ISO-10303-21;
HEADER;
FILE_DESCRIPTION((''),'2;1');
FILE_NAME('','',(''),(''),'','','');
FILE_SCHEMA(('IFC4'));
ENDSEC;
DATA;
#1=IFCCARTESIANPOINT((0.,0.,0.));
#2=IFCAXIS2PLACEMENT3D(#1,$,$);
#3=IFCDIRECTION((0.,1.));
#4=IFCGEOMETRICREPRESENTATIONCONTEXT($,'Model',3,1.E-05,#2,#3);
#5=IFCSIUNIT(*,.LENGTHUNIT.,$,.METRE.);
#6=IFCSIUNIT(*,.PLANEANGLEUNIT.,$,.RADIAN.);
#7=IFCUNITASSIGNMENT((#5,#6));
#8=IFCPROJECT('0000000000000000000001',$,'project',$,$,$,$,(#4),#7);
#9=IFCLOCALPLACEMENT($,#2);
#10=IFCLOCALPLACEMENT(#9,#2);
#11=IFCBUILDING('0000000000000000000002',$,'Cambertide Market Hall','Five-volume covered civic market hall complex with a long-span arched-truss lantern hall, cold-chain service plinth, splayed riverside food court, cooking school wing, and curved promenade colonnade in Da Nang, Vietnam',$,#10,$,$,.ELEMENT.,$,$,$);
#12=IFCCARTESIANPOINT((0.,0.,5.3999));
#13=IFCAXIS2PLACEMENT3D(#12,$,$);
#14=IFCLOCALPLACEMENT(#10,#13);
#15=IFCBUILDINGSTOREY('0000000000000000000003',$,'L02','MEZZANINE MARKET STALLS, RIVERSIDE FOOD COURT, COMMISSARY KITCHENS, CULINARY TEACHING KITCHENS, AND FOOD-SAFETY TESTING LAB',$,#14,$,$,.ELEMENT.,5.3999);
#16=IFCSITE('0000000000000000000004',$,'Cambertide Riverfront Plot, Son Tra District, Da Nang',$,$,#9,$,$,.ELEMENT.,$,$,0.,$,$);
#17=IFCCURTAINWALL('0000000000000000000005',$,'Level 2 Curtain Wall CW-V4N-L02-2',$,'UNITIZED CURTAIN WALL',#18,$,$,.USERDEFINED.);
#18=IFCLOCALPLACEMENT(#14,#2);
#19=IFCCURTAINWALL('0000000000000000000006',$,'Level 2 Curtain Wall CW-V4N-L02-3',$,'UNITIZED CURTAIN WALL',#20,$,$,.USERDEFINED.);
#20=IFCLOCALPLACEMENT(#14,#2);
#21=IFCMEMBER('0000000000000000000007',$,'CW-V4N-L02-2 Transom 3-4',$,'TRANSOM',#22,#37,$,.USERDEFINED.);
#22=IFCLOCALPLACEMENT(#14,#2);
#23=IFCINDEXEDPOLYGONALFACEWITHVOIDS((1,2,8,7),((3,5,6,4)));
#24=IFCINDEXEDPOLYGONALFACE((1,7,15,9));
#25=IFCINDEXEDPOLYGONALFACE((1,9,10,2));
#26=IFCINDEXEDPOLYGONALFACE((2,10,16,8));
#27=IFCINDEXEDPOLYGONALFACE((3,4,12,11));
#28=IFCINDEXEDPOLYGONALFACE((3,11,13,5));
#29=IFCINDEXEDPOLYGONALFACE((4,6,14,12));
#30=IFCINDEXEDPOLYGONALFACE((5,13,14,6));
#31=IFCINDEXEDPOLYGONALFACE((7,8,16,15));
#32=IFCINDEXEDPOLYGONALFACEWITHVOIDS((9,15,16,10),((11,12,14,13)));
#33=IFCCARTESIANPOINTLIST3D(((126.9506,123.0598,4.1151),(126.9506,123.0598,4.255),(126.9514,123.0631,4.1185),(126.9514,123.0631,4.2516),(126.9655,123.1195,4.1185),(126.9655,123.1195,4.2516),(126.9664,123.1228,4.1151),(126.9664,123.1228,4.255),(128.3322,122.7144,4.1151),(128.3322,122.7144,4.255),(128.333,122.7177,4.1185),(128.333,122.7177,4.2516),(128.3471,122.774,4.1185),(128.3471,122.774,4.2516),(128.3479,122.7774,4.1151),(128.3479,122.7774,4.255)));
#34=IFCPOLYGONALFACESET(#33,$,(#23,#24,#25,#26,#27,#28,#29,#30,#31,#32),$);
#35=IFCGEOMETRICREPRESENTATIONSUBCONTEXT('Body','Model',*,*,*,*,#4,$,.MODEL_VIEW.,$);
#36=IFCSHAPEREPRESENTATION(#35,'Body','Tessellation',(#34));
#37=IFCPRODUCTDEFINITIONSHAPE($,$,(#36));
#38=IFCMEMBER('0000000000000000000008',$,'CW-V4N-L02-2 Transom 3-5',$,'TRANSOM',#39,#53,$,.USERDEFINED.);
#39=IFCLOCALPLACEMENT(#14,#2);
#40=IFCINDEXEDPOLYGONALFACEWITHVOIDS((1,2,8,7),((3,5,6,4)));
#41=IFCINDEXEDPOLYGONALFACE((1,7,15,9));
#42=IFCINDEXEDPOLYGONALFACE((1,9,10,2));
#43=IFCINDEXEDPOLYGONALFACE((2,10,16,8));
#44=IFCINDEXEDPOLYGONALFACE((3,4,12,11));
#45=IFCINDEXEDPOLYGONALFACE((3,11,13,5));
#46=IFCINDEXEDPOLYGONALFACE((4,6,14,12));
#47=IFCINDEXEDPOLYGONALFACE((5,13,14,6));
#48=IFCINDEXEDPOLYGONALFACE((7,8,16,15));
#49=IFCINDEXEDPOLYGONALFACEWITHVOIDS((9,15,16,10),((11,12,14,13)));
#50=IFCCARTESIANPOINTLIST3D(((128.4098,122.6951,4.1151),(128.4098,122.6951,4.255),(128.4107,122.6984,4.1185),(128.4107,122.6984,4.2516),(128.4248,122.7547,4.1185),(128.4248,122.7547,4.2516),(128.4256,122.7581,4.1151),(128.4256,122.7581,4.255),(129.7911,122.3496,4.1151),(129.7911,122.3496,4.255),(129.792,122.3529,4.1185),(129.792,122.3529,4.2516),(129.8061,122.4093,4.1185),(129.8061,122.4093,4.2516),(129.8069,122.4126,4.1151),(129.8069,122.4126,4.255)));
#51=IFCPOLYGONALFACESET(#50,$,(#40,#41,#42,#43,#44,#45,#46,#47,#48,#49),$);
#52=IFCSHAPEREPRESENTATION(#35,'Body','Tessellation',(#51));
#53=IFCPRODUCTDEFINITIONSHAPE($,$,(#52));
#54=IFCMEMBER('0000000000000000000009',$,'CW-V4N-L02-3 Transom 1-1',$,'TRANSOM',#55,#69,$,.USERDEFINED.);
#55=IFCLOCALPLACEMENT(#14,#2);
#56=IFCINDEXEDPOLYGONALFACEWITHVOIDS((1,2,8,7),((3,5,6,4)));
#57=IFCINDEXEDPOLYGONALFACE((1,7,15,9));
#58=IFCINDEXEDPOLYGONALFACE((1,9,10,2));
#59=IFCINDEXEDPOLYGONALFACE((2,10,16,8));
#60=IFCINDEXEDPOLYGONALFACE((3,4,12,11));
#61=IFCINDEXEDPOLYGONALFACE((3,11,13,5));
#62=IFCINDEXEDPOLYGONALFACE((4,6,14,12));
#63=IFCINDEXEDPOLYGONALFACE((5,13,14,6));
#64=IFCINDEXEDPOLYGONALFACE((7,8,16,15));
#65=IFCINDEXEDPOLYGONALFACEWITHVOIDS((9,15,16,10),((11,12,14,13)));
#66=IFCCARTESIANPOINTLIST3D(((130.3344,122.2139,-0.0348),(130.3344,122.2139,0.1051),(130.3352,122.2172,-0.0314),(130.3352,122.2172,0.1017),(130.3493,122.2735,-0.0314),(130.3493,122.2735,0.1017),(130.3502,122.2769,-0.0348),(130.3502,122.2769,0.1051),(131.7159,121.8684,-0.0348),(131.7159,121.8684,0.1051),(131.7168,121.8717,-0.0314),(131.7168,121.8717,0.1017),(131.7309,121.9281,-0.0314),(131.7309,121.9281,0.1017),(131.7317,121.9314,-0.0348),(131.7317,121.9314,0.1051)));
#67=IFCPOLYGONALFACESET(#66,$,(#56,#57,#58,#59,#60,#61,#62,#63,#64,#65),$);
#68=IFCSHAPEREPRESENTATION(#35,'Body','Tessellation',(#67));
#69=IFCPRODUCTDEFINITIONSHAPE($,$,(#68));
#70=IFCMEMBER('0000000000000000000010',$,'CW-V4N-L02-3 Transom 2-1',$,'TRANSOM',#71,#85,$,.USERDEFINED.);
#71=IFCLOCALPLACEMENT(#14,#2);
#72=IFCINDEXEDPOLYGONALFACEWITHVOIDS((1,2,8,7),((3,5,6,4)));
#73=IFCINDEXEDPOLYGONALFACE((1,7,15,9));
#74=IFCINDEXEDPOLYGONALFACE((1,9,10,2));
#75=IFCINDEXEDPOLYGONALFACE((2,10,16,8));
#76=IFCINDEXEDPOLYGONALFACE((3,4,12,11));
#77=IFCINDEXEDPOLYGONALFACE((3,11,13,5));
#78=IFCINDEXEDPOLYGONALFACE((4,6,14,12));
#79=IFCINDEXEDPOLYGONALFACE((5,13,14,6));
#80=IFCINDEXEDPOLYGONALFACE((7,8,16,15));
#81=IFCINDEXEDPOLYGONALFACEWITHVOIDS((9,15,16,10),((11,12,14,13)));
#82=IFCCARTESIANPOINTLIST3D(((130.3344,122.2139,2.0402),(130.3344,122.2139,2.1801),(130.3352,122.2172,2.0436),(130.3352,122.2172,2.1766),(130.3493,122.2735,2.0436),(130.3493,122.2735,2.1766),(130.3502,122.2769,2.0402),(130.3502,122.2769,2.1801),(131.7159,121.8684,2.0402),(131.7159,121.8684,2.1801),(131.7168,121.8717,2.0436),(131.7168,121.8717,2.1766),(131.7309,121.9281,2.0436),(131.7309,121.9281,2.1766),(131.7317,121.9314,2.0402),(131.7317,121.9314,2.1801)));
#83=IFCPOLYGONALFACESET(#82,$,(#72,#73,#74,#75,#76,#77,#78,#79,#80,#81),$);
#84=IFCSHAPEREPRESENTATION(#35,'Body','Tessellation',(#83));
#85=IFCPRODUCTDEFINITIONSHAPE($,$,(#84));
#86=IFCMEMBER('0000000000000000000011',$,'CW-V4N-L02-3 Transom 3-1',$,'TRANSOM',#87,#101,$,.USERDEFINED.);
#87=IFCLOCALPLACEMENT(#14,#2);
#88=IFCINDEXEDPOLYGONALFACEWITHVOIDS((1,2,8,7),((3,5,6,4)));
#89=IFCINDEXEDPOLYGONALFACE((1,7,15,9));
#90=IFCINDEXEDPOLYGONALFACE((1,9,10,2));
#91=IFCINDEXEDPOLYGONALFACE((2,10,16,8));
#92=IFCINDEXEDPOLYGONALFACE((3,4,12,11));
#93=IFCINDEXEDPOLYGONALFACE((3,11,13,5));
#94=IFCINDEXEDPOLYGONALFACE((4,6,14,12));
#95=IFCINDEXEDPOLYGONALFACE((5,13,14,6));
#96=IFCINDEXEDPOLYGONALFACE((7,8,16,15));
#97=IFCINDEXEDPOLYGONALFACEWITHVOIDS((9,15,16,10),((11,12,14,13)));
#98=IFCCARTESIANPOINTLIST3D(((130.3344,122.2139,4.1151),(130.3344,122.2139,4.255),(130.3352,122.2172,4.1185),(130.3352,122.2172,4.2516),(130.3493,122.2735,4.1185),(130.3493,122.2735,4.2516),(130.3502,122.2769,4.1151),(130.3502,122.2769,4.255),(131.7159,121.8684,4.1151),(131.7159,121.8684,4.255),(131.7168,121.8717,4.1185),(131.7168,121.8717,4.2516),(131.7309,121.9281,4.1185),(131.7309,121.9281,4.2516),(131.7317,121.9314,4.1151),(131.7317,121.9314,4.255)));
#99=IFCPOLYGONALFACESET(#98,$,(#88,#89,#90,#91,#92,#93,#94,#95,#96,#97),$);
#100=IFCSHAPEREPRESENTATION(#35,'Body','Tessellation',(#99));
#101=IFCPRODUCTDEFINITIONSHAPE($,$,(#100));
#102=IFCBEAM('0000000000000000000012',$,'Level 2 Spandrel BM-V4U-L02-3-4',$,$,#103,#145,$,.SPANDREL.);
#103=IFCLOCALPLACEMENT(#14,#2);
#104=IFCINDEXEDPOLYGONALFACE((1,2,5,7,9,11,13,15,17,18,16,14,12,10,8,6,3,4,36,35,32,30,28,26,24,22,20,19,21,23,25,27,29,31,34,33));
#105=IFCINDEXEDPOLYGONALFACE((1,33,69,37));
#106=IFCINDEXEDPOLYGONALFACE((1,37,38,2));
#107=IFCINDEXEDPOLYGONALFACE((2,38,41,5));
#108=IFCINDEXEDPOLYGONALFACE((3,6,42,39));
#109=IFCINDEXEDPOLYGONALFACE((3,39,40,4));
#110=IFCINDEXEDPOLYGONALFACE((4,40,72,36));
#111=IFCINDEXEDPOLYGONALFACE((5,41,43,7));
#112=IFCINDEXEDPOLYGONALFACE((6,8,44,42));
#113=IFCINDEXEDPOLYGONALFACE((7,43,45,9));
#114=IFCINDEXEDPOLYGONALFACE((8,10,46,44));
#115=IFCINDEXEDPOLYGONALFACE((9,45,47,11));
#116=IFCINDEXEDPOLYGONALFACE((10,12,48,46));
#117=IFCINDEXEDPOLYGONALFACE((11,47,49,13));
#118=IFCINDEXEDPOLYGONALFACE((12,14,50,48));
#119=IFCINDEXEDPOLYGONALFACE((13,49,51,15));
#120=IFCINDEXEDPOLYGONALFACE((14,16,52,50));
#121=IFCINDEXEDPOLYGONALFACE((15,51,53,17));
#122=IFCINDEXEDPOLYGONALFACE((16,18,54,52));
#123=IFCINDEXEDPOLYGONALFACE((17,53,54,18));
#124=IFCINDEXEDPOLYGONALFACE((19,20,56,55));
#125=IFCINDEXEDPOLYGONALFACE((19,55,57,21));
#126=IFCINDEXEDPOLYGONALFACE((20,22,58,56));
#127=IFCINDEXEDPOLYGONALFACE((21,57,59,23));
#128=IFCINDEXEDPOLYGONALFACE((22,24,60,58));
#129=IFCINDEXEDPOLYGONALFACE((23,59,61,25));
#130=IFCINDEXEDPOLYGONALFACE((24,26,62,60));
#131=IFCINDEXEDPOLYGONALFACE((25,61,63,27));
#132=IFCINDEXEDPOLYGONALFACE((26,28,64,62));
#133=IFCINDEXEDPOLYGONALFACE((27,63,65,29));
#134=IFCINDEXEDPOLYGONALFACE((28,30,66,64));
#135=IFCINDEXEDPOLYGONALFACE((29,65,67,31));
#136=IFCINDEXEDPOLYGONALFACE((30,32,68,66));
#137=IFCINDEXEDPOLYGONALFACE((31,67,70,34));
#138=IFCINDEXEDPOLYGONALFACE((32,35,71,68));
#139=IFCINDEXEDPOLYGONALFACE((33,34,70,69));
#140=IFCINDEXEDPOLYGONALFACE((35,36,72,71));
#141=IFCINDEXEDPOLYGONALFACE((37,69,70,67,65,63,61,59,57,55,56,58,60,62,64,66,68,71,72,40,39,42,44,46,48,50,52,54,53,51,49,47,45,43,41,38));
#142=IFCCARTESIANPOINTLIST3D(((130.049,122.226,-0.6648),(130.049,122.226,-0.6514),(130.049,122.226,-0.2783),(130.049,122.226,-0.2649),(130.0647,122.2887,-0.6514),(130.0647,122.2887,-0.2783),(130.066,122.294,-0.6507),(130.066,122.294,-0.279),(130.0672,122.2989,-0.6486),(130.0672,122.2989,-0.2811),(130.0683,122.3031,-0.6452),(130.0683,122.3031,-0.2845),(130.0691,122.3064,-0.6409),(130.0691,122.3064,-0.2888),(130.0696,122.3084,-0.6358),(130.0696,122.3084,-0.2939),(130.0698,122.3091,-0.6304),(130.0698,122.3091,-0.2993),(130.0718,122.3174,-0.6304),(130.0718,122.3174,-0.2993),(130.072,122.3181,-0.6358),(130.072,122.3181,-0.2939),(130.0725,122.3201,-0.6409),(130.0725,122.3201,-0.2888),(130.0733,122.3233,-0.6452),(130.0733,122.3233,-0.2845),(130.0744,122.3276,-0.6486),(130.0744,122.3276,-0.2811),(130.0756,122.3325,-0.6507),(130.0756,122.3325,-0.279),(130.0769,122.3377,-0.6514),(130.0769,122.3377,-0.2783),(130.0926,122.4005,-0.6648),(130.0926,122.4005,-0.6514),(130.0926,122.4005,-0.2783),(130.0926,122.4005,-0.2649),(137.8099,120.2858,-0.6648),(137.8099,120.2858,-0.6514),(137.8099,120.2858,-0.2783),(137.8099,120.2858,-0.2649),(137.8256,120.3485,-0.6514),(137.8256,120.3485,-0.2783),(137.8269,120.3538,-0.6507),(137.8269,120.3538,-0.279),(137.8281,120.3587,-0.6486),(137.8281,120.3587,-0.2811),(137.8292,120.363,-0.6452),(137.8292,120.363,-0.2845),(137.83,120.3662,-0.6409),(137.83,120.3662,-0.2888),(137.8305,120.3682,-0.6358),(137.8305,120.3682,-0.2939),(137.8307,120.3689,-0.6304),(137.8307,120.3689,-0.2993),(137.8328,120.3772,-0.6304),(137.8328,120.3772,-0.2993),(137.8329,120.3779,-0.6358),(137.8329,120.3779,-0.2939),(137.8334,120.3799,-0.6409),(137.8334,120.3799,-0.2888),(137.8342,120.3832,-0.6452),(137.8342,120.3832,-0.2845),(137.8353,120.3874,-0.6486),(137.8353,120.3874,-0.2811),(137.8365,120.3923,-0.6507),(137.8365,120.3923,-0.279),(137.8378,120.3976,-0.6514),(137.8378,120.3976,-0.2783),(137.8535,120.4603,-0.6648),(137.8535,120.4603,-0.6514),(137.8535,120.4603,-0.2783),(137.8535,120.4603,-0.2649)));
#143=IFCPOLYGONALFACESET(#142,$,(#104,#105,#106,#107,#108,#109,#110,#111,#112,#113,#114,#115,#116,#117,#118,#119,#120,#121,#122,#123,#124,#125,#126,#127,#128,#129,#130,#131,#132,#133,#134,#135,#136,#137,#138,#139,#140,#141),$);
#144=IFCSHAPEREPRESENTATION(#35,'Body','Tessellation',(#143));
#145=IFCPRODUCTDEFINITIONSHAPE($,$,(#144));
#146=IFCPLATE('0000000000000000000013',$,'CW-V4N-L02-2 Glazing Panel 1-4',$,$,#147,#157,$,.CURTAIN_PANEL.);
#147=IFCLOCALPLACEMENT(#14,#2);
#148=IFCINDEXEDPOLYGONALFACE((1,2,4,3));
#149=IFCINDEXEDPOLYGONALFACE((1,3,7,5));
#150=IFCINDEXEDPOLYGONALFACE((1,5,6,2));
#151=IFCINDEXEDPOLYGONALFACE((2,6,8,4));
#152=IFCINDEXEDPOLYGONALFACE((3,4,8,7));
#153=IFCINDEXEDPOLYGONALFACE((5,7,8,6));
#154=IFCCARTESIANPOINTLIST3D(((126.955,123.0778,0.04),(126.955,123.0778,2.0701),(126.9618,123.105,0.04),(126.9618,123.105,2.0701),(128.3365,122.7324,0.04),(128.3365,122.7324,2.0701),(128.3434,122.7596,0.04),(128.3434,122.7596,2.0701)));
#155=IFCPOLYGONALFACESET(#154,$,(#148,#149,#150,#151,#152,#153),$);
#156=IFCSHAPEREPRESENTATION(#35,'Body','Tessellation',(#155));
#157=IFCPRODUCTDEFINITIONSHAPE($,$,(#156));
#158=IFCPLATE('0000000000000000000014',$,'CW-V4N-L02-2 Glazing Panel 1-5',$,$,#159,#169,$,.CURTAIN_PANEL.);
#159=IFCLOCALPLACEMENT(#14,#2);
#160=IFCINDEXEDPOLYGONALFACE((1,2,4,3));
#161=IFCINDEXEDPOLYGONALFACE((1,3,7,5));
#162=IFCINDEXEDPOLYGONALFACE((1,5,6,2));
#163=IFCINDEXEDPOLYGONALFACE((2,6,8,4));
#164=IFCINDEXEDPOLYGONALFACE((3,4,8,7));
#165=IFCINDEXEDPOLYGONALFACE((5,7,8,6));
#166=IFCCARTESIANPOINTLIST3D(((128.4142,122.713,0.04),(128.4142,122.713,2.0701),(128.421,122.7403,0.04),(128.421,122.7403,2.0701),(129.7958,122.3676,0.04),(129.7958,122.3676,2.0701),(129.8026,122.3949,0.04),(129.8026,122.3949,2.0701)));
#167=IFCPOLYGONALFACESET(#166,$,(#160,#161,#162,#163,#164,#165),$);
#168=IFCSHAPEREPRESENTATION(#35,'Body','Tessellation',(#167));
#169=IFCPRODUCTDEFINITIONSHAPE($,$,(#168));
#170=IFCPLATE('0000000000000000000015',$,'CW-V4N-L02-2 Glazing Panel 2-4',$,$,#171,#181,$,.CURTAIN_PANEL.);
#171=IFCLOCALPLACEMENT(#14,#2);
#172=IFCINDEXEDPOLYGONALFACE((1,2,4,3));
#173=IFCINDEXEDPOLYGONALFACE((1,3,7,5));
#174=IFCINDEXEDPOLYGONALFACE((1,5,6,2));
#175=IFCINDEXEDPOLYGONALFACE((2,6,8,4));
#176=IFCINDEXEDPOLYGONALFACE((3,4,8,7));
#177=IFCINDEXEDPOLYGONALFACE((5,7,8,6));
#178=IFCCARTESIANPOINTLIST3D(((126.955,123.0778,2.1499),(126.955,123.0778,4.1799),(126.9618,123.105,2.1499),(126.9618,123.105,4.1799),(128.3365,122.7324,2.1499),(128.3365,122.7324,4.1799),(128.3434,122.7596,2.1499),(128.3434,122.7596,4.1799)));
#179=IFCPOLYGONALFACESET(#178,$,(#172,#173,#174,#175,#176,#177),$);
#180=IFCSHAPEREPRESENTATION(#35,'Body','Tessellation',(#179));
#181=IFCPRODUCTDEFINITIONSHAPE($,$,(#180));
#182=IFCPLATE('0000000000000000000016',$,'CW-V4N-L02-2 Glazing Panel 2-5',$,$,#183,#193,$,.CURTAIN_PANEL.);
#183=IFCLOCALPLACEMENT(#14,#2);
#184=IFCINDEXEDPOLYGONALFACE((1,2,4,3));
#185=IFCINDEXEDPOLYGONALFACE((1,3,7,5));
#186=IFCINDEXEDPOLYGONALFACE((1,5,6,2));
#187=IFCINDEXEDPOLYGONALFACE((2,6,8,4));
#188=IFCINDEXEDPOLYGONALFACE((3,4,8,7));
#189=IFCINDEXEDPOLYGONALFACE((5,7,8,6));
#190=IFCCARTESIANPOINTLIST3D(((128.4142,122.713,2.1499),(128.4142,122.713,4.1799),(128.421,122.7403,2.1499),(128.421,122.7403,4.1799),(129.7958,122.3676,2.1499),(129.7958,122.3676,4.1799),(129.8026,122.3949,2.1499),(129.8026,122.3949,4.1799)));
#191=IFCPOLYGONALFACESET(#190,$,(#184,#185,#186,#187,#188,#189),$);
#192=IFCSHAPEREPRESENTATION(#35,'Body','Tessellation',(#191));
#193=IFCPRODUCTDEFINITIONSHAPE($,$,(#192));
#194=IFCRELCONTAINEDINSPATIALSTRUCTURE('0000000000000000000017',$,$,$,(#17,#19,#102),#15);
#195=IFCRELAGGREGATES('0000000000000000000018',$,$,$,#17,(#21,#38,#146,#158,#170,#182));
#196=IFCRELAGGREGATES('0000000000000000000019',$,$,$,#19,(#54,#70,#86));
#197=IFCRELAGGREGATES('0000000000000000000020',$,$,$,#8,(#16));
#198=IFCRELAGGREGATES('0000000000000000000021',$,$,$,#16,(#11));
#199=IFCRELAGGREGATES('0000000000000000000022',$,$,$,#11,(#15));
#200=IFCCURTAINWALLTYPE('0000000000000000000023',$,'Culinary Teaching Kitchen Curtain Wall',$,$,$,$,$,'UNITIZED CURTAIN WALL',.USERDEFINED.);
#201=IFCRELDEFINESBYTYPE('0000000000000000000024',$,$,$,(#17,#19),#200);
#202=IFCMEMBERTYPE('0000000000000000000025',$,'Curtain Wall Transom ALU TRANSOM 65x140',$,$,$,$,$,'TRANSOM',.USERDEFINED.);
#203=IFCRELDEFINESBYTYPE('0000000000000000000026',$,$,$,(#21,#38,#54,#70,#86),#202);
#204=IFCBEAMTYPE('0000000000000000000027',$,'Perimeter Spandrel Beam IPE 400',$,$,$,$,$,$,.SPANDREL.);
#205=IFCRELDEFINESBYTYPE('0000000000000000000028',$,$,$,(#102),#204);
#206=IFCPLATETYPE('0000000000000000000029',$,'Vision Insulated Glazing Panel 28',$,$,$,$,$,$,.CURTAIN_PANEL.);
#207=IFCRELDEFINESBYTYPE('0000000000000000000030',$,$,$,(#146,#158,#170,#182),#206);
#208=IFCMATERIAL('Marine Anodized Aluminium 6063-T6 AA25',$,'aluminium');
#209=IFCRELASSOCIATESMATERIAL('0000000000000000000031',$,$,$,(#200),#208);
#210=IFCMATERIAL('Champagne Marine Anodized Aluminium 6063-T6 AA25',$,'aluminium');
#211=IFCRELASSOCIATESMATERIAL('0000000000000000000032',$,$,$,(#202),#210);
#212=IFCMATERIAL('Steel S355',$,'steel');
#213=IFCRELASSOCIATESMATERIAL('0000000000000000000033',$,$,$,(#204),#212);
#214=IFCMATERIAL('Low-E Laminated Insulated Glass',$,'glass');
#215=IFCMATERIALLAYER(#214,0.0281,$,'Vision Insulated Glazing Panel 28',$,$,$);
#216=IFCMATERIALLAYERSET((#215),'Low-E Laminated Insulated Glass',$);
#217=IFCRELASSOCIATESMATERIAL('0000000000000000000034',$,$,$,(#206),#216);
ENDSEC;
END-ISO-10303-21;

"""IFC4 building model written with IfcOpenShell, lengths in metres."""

from ifc_helpers import new_model, si_unit, direction, frame, origin, origin_2d, place, context, subcontext, project, spatial, rectangle, hollow_rectangle, i_section, extrude, material, layer, layer_set, material_profile, profile_set, type_object, element, aggregate, save


model = new_model("IFC4")

# Units and contexts
model_context = context("Model", 3, precision=1e-05, world=origin(), true_north=direction((0.0, 1.0)))
body_context = subcontext(model_context, "Body", "Model", "MODEL_VIEW")
ifc_project = project(units=[si_unit("LENGTHUNIT", "METRE"), si_unit("PLANEANGLEUNIT", "RADIAN")], contexts=[model_context])

# Site, building, storey
site_placement = place(None, origin())
site = spatial("IfcSite", under=ifc_project, at=site_placement, Name="Cambertide Riverfront Plot, Son Tra District, Da Nang", CompositionType="ELEMENT", RefElevation=0.0)
building_placement = place(site_placement, origin())
building = spatial("IfcBuilding", under=site, at=building_placement, Name="Cambertide Market Hall", Description="Five-volume covered civic market hall complex with a long-span arched-truss lantern hall, cold-chain service plinth, splayed riverside food court, cooking school wing, and curved promenade colonnade in Da Nang, Vietnam", CompositionType="ELEMENT")
storey_placement = place(building_placement, frame((0.0, 0.0, 5.3999)))
storey = spatial("IfcBuildingStorey", under=building, at=storey_placement, Name="L02", Description="MEZZANINE MARKET STALLS, RIVERSIDE FOOD COURT, COMMISSARY KITCHENS, CULINARY TEACHING KITCHENS, AND FOOD-SAFETY TESTING LAB", CompositionType="ELEMENT", Elevation=5.3999)

# Curtain wall
ifc_material_1 = material(Name="Marine Anodized Aluminium 6063-T6 AA25", Category="aluminium")
curtain_wall_type = type_object("IfcCurtainWallType", Name="Culinary Teaching Kitchen Curtain Wall", ElementType="UNITIZED CURTAIN WALL", PredefinedType="USERDEFINED", material=ifc_material_1)
curtain_wall_1_placement = place(storey_placement, origin())
curtain_wall_1 = element("IfcCurtainWall", 1, at=curtain_wall_1_placement, inside=storey, type_object=curtain_wall_type, Name="Level 2 Curtain Wall CW-V4N-L02-2", ObjectType="UNITIZED CURTAIN WALL", PredefinedType="USERDEFINED")

# Curtain wall
curtain_wall_2_placement = place(storey_placement, origin())
curtain_wall_2 = element("IfcCurtainWall", 2, at=curtain_wall_2_placement, inside=storey, type_object=curtain_wall_type, Name="Level 2 Curtain Wall CW-V4N-L02-3", ObjectType="UNITIZED CURTAIN WALL", PredefinedType="USERDEFINED")

# Members
ifc_material_2 = material(Name="Champagne Marine Anodized Aluminium 6063-T6 AA25", Category="aluminium")
ifc_material_profile_1 = material_profile(ifc_material_2, hollow_rectangle(XDim=0.0649, YDim=0.1399, WallThickness=0.0034, at=origin_2d()), Name="ALU TRANSOM 65x140")
ifc_profile_set_1 = profile_set([ifc_material_profile_1], Name="Champagne Marine Anodized Aluminium 6063-T6 AA25")
member_type_1 = type_object("IfcMemberType", Name="Curtain Wall Transom ALU TRANSOM 65x140", ElementType="TRANSOM", PredefinedType="USERDEFINED", material=ifc_profile_set_1)
member_1_placement = place(storey_placement, frame((126.9585, 123.0913, 4.1851), z_axis=(0.970132, -0.242576, 0.0), x_axis=(0.242576, 0.970132, 0.0)))
member_1 = element("IfcMember", 3, at=member_1_placement, type_object=member_type_1, Name="CW-V4N-L02-2 Transom 3-4", ObjectType="TRANSOM", PredefinedType="USERDEFINED", context=body_context, shape_type="SweptSolid", body=[
    extrude(hollow_rectangle(XDim=0.0649, YDim=0.1399, WallThickness=0.0034, at=origin_2d()), origin(), (0.0, 0.0, 1.0), 1.4241),
])
member_2_placement = place(storey_placement, frame((128.4177, 122.7266, 4.1851), z_axis=(0.970122, -0.242616, 0.0), x_axis=(0.242616, 0.970122, 0.0)))
member_2 = element("IfcMember", 4, at=member_2_placement, type_object=member_type_1, Name="CW-V4N-L02-2 Transom 3-5", ObjectType="TRANSOM", PredefinedType="USERDEFINED", context=body_context, shape_type="SweptSolid", body=[
    extrude(hollow_rectangle(XDim=0.0649, YDim=0.1399, WallThickness=0.0034, at=origin_2d()), origin(), (0.0, 0.0, 1.0), 1.4238),
])
member_3_placement = place(storey_placement, frame((130.3423, 122.2454, 0.0352), z_axis=(0.970132, -0.242576, 0.0), x_axis=(0.242576, 0.970132, 0.0)))
member_3 = element("IfcMember", 5, at=member_3_placement, type_object=member_type_1, Name="CW-V4N-L02-3 Transom 1-1", ObjectType="TRANSOM", PredefinedType="USERDEFINED", context=body_context, shape_type="SweptSolid", body=[
    extrude(hollow_rectangle(XDim=0.0649, YDim=0.1399, WallThickness=0.0034, at=origin_2d()), origin(), (0.0, 0.0, 1.0), 1.4241),
])
member_4_placement = place(storey_placement, frame((130.3423, 122.2454, 2.1101), z_axis=(0.970132, -0.242576, 0.0), x_axis=(0.242576, 0.970132, 0.0)))
member_4 = element("IfcMember", 6, at=member_4_placement, type_object=member_type_1, Name="CW-V4N-L02-3 Transom 2-1", ObjectType="TRANSOM", PredefinedType="USERDEFINED", context=body_context, shape_type="SweptSolid", body=[
    extrude(hollow_rectangle(XDim=0.0649, YDim=0.1399, WallThickness=0.0034, at=origin_2d()), origin(), (0.0, 0.0, 1.0), 1.4241),
])
member_5_placement = place(storey_placement, frame((130.3423, 122.2454, 4.1851), z_axis=(0.970132, -0.242576, 0.0), x_axis=(0.242576, 0.970132, 0.0)))
member_5 = element("IfcMember", 7, at=member_5_placement, type_object=member_type_1, Name="CW-V4N-L02-3 Transom 3-1", ObjectType="TRANSOM", PredefinedType="USERDEFINED", context=body_context, shape_type="SweptSolid", body=[
    extrude(hollow_rectangle(XDim=0.0649, YDim=0.1399, WallThickness=0.0034, at=origin_2d()), origin(), (0.0, 0.0, 1.0), 1.4241),
])

# Beam
ifc_material_3 = material(Name="Steel S355", Category="steel")
ifc_material_profile_2 = material_profile(ifc_material_3, i_section(OverallWidth=0.1799, OverallDepth=0.3999, WebThickness=0.0085, FlangeThickness=0.0134, FilletRadius=0.021, at=origin_2d()), Name="IPE 400")
ifc_profile_set_2 = profile_set([ifc_material_profile_2], Name="Steel S355")
beam_type = type_object("IfcBeamType", Name="Perimeter Spandrel Beam IPE 400", PredefinedType="SPANDREL", material=ifc_profile_set_2)
beam_placement = place(storey_placement, frame((130.0708, 122.3132, -0.4648), z_axis=(0.970144, -0.242528, 0.0), x_axis=(0.242528, 0.970144, 0.0)))
element("IfcBeam", 8, at=beam_placement, inside=storey, type_object=beam_type, Name="Level 2 Spandrel BM-V4U-L02-3-4", PredefinedType="SPANDREL", context=body_context, shape_type="SweptSolid", body=[
    extrude(i_section(OverallWidth=0.1799, OverallDepth=0.3999, WebThickness=0.0085, FlangeThickness=0.0134, FilletRadius=0.021, at=origin_2d()), origin(), (0.0, 0.0, 1.0), 7.9998),
])

# Plates
ifc_material_4 = material(Name="Low-E Laminated Insulated Glass", Category="glass")
ifc_layer_1 = layer(ifc_material_4, 0.0281, Name="Vision Insulated Glazing Panel 28")
ifc_layer_set_1 = layer_set([ifc_layer_1], Name="Low-E Laminated Insulated Glass")
plate_type = type_object("IfcPlateType", Name="Vision Insulated Glazing Panel 28", PredefinedType="CURTAIN_PANEL", material=ifc_layer_set_1)
plate_1_placement = place(storey_placement, frame((127.6492, 122.9187, 0.04), z_axis=(0.0, 0.0, 1.0), x_axis=(0.970143, -0.242536, 0.0)))
plate_1 = element("IfcPlate", 9, at=plate_1_placement, type_object=plate_type, Name="CW-V4N-L02-2 Glazing Panel 1-4", PredefinedType="CURTAIN_PANEL", context=body_context, shape_type="SweptSolid", body=[
    extrude(rectangle(XDim=1.4241, YDim=0.0281, at=origin_2d()), origin(), (0.0, 0.0, 1.0), 2.03),
])
plate_2_placement = place(storey_placement, frame((129.1084, 122.554, 0.04), z_axis=(0.0, 0.0, 1.0), x_axis=(0.970143, -0.242536, 0.0)))
plate_2 = element("IfcPlate", 10, at=plate_2_placement, type_object=plate_type, Name="CW-V4N-L02-2 Glazing Panel 1-5", PredefinedType="CURTAIN_PANEL", context=body_context, shape_type="SweptSolid", body=[
    extrude(rectangle(XDim=1.4241, YDim=0.0281, at=origin_2d()), origin(), (0.0, 0.0, 1.0), 2.03),
])
plate_3_placement = place(storey_placement, frame((127.6492, 122.9187, 2.1499), z_axis=(0.0, 0.0, 1.0), x_axis=(0.970143, -0.242536, 0.0)))
plate_3 = element("IfcPlate", 11, at=plate_3_placement, type_object=plate_type, Name="CW-V4N-L02-2 Glazing Panel 2-4", PredefinedType="CURTAIN_PANEL", context=body_context, shape_type="SweptSolid", body=[
    extrude(rectangle(XDim=1.4241, YDim=0.0281, at=origin_2d()), origin(), (0.0, 0.0, 1.0), 2.03),
])
plate_4_placement = place(storey_placement, frame((129.1084, 122.554, 2.1499), z_axis=(0.0, 0.0, 1.0), x_axis=(0.970143, -0.242536, 0.0)))
plate_4 = element("IfcPlate", 12, at=plate_4_placement, type_object=plate_type, Name="CW-V4N-L02-2 Glazing Panel 2-5", PredefinedType="CURTAIN_PANEL", context=body_context, shape_type="SweptSolid", body=[
    extrude(rectangle(XDim=1.4241, YDim=0.0281, at=origin_2d()), origin(), (0.0, 0.0, 1.0), 2.03),
])
aggregate(curtain_wall_1, [member_1, member_2, plate_1, plate_2, plate_3, plate_4])
aggregate(curtain_wall_2, [member_3, member_4, member_5])

save(model, "model.ifc")
